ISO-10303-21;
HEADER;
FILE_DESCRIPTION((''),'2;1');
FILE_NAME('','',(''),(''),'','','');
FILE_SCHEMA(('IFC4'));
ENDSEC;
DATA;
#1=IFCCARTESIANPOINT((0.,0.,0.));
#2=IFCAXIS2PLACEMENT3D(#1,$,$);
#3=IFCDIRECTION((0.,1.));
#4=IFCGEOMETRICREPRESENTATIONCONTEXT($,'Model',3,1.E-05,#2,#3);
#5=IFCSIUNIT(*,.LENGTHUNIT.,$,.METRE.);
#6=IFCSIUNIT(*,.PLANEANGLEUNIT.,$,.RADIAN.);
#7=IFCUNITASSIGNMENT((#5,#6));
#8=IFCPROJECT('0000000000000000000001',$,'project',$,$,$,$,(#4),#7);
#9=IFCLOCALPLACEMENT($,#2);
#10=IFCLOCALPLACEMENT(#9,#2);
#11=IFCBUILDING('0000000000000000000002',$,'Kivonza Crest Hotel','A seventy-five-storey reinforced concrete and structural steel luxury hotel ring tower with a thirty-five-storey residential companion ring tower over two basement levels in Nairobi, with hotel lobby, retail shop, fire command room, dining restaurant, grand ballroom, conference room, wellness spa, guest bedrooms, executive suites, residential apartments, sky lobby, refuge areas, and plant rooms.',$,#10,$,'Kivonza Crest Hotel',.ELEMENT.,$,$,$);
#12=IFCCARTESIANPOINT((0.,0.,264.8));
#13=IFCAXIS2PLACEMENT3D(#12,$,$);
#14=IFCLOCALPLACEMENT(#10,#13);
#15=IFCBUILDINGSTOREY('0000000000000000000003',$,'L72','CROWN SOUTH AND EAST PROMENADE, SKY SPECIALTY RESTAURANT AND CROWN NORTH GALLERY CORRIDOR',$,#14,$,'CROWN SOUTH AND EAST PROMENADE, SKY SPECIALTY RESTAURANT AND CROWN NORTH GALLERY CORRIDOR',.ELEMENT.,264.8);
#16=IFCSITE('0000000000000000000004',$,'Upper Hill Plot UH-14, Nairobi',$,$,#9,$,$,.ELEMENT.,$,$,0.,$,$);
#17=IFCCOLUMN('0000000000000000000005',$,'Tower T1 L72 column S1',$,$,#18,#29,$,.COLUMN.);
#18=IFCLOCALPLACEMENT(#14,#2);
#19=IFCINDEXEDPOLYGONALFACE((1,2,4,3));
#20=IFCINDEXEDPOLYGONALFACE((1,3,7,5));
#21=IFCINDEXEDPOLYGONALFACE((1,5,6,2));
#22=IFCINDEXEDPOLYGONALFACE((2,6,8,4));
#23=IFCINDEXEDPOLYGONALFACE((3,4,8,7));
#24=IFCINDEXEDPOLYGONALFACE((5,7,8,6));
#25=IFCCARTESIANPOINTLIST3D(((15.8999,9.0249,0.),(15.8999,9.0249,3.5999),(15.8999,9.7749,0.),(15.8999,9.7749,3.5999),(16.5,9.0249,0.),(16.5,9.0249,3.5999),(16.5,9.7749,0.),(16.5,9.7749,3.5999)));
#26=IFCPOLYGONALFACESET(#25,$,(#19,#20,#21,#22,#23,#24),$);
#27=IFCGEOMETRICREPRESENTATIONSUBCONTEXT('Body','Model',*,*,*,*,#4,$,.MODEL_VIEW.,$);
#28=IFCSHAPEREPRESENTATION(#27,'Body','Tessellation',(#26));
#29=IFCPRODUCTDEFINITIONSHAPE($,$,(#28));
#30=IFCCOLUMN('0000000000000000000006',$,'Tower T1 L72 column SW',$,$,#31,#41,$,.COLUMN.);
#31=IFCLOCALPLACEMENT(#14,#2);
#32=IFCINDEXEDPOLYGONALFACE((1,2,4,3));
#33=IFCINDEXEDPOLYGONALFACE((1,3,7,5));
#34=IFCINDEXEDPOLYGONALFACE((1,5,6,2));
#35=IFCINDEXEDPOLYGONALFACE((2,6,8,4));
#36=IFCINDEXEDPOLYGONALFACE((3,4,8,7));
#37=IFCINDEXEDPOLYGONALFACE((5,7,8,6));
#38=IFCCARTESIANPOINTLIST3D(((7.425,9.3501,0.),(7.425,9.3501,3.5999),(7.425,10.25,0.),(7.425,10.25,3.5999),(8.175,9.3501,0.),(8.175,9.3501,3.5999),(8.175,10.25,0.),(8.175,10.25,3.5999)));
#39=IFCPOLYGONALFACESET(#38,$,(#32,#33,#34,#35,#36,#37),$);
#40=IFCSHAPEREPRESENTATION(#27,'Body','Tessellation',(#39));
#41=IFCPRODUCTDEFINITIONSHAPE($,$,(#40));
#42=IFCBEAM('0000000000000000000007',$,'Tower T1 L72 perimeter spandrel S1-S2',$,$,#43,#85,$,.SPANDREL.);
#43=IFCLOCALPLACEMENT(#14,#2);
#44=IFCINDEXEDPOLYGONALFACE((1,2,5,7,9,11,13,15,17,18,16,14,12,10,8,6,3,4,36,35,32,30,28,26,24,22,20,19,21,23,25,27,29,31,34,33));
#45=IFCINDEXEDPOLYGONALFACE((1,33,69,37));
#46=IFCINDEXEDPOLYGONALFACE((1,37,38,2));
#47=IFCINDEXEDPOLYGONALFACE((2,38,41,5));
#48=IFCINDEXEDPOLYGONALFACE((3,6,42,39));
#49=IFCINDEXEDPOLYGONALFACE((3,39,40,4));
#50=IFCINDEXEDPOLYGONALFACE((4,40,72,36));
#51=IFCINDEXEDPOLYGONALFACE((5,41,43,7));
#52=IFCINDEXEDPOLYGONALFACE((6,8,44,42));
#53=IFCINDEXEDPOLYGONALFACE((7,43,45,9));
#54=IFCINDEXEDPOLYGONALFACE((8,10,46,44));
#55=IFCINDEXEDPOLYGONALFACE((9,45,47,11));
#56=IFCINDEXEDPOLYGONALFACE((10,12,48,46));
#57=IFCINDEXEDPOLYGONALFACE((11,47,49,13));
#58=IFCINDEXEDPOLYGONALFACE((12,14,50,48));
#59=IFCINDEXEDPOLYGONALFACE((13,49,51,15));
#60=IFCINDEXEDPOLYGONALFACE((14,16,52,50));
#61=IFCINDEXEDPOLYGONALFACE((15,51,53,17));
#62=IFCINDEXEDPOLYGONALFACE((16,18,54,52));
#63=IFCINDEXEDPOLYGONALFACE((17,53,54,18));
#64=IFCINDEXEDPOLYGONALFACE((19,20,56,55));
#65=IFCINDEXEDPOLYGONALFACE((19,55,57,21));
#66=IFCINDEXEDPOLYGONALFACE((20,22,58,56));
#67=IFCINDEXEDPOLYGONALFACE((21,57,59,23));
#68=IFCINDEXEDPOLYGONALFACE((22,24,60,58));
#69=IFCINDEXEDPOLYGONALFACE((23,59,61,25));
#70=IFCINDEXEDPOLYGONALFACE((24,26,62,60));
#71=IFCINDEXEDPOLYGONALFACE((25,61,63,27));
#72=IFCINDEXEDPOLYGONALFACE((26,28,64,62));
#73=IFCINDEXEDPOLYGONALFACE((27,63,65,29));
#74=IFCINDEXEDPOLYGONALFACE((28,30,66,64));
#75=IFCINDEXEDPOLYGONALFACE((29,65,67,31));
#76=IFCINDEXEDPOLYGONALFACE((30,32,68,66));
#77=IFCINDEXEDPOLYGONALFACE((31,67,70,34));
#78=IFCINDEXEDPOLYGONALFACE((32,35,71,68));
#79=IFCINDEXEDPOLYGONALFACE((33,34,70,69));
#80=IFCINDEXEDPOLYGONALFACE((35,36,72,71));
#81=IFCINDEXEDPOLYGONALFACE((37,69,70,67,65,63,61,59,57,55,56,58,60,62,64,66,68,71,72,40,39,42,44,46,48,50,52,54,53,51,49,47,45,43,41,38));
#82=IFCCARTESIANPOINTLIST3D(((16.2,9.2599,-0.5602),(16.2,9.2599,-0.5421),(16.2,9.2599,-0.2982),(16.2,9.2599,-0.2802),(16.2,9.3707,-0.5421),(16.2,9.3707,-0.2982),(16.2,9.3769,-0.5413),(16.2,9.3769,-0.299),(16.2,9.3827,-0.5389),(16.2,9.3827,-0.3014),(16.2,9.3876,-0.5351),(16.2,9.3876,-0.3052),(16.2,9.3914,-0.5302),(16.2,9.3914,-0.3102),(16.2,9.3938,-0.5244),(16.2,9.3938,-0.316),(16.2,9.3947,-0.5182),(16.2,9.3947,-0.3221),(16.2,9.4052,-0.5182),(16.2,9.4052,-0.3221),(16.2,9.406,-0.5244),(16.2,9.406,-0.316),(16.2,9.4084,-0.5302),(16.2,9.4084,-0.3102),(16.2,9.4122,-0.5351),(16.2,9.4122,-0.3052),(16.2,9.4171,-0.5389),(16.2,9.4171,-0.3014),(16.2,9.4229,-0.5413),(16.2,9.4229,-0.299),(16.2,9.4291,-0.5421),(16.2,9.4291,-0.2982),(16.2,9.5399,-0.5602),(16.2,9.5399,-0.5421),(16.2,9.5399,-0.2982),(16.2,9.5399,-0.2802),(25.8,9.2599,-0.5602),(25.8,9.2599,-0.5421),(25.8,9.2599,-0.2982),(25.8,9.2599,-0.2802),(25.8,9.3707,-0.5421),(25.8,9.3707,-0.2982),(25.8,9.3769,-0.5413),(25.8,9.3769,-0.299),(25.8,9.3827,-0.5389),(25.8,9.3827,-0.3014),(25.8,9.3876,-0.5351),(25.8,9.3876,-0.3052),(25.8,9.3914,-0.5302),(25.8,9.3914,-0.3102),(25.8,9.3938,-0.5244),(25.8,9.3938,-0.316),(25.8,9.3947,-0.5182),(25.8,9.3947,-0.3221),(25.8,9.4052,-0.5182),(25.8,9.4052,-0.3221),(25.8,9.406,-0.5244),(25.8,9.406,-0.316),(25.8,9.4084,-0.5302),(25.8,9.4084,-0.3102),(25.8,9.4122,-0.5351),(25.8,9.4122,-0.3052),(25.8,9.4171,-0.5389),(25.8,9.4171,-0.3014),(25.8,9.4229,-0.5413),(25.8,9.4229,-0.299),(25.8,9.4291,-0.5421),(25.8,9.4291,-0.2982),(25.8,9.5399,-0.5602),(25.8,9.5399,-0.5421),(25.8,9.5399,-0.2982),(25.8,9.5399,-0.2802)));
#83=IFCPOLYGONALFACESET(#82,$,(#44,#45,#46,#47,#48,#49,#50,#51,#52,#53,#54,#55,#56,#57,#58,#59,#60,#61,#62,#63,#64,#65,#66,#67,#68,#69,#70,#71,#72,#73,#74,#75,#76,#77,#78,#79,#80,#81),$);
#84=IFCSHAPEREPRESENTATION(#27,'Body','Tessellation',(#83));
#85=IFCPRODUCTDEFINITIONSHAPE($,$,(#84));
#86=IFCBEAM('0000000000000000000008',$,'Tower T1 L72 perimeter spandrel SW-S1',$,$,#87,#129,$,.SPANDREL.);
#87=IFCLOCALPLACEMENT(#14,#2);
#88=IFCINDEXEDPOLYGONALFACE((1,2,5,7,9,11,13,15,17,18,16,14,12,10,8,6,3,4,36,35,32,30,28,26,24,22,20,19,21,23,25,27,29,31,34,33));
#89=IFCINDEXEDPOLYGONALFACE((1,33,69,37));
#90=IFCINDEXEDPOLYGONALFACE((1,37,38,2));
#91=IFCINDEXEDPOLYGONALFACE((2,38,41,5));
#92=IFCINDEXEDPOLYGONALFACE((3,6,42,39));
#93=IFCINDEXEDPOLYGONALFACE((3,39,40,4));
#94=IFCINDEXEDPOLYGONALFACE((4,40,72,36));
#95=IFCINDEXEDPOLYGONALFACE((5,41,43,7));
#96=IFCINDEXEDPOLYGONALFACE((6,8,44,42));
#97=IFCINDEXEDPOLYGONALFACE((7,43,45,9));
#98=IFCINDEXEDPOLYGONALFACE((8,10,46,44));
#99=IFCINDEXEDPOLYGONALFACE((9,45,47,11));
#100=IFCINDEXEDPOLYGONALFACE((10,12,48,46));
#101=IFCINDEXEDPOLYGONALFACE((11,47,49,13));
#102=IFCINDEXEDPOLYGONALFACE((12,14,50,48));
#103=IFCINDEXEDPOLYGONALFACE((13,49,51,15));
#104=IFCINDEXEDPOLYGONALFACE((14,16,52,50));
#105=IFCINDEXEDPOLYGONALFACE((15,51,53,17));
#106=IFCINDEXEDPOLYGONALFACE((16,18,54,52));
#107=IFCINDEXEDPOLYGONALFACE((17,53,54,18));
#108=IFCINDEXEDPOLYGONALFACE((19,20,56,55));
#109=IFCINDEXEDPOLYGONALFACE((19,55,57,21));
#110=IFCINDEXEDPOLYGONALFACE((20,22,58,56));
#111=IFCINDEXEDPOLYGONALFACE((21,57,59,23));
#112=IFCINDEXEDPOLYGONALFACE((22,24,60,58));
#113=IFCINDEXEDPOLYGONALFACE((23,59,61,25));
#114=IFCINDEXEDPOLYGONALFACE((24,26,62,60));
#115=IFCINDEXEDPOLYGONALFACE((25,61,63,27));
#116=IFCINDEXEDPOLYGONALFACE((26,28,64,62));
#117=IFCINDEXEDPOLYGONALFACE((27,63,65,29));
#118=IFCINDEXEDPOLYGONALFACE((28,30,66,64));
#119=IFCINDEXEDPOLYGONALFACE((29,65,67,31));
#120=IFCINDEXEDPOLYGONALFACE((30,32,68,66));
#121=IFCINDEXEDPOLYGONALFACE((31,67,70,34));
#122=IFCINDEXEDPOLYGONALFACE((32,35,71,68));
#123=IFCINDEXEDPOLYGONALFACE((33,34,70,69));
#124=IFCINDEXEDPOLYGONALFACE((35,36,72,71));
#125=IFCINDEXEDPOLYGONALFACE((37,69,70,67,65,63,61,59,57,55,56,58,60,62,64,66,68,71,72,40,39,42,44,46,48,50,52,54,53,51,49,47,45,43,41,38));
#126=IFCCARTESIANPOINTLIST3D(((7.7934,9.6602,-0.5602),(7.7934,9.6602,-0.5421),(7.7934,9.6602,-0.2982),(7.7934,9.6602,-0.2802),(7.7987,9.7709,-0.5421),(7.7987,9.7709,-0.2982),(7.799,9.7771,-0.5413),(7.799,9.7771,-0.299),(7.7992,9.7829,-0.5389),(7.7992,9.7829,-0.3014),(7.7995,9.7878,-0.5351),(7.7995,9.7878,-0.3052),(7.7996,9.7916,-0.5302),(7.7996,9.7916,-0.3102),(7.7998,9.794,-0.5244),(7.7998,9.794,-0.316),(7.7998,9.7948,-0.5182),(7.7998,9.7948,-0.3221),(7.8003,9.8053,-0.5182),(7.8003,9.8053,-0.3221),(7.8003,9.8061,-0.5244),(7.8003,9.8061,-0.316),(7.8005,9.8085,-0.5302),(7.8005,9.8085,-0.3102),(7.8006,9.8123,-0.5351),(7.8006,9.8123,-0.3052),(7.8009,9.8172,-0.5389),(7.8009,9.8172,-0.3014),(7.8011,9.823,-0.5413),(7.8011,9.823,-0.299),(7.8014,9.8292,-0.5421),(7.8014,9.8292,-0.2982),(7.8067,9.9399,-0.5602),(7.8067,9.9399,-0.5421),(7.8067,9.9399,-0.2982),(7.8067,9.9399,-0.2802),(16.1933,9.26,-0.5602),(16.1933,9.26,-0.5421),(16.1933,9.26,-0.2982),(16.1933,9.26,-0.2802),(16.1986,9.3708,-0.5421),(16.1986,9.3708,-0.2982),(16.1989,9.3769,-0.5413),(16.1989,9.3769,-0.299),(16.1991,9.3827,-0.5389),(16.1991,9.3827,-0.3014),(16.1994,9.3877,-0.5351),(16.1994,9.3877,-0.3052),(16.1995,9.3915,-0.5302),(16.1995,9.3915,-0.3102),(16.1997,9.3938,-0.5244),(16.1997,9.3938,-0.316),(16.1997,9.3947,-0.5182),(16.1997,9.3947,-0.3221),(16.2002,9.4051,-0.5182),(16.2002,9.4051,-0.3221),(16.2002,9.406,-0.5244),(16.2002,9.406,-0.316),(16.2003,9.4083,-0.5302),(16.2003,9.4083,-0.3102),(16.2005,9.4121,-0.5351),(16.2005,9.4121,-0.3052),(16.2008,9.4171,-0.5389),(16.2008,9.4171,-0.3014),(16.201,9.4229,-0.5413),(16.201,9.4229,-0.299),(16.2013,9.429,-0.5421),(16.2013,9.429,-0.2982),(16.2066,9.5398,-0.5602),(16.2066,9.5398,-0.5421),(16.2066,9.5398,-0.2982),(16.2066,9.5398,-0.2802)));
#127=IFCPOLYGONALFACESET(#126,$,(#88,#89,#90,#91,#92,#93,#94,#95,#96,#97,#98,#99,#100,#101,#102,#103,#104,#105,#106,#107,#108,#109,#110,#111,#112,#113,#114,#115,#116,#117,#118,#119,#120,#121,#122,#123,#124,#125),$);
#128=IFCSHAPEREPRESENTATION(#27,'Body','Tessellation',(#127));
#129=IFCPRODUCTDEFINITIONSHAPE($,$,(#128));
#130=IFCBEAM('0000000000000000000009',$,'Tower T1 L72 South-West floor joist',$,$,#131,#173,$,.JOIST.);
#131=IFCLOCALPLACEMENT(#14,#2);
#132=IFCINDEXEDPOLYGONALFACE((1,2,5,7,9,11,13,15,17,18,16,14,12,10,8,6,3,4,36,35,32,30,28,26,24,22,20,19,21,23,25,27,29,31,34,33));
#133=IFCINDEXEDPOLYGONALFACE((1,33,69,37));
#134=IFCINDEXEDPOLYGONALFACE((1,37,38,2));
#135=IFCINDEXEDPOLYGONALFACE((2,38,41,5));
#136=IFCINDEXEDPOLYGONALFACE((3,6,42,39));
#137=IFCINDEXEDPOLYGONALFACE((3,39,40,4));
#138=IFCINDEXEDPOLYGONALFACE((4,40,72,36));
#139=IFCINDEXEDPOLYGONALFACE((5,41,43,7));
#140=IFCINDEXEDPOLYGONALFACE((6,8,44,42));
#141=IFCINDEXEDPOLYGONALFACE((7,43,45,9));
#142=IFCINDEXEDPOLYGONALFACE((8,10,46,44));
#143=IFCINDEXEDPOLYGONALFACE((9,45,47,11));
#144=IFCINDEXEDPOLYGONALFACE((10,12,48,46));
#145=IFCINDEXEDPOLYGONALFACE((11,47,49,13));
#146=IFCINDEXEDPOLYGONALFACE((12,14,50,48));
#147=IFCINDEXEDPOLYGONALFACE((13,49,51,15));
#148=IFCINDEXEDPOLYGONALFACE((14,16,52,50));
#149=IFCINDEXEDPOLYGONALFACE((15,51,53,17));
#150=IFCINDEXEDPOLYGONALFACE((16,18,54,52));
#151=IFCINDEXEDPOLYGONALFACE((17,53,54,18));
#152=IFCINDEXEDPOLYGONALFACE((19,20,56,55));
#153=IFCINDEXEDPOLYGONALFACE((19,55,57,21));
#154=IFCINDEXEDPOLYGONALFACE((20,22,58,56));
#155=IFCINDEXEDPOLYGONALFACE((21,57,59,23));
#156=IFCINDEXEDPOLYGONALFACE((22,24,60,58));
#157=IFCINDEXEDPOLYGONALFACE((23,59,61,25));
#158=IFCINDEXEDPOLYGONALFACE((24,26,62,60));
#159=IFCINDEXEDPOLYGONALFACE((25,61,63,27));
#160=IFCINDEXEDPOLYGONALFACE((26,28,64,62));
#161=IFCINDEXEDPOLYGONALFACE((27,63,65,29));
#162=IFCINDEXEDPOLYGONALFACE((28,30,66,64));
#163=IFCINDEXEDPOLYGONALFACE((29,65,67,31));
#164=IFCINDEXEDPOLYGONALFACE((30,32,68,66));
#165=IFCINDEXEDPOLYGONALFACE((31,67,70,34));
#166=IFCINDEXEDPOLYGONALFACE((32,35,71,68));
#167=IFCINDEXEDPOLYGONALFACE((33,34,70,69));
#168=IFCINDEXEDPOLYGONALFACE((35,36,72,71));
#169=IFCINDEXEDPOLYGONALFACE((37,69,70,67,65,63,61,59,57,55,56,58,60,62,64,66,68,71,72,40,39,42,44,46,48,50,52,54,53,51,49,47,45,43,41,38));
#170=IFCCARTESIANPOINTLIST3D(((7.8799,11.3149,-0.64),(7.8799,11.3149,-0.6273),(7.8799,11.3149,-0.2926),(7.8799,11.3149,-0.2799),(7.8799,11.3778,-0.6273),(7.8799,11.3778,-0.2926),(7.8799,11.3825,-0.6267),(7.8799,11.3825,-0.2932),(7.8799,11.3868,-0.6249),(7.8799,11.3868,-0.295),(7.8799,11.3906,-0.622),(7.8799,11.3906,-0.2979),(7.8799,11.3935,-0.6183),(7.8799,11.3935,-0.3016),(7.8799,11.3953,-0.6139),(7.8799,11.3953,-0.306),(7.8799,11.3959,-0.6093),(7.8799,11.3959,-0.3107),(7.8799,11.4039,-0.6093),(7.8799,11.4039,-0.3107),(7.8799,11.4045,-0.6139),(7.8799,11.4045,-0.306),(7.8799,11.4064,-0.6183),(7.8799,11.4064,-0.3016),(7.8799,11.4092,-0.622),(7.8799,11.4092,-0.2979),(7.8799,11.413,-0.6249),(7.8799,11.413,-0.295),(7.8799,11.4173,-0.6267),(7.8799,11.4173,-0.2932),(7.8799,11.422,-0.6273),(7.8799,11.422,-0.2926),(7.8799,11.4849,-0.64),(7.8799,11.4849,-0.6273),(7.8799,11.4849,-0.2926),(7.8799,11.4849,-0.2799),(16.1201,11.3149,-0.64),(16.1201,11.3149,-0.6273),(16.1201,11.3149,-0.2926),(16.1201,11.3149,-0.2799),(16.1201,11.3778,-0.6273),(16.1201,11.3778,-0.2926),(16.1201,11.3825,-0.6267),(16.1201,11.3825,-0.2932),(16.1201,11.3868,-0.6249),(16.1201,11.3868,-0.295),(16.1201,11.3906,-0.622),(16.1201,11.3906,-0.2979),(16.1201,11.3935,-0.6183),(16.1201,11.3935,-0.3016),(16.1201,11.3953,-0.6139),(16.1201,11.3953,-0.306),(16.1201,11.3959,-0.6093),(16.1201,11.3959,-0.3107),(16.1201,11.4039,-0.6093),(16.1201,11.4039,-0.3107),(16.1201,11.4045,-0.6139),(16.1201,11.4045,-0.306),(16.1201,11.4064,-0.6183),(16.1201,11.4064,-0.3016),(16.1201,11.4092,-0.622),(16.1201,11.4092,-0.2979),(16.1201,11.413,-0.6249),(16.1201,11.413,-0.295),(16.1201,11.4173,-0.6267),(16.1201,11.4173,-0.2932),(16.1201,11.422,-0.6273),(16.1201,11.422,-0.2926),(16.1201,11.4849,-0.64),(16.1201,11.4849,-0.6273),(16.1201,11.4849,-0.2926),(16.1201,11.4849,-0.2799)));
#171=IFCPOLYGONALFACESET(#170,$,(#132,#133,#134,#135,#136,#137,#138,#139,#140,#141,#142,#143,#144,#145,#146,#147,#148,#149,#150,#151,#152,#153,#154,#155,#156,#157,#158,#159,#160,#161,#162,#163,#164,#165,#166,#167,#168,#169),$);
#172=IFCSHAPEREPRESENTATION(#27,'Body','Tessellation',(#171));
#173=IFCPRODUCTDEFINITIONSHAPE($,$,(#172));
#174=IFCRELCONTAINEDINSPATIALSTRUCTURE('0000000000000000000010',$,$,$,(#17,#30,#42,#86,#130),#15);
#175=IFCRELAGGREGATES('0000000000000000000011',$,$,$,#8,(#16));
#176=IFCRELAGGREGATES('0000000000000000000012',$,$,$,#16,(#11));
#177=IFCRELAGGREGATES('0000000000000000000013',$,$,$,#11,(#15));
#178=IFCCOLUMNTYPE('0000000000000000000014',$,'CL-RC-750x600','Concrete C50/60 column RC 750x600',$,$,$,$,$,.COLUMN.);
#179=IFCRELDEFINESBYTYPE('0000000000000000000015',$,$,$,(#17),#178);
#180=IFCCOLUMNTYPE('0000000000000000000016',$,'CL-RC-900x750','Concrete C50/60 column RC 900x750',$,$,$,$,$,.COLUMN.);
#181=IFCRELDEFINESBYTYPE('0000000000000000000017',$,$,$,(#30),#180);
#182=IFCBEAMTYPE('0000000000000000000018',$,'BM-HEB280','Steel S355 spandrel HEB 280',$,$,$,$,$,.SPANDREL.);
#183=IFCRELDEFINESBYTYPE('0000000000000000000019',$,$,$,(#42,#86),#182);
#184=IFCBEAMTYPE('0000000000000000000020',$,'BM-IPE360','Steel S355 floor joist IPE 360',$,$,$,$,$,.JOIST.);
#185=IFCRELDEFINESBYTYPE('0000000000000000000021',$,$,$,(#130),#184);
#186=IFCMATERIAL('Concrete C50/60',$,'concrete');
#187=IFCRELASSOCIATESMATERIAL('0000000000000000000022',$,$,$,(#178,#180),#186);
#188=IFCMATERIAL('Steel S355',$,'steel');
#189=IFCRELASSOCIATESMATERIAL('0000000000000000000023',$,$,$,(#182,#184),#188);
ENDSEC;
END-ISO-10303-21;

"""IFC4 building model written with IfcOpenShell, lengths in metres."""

from ifc_helpers import new_model, si_unit, direction, frame, origin, origin_2d, place, context, subcontext, project, spatial, rectangle, i_section, extrude, material, material_profile, profile_set, type_object, element, save


model = new_model("IFC4")

# Units and contexts
model_context = context("Model", 3, precision=1e-05, world=origin(), true_north=direction((0.0, 1.0)))
body_context = subcontext(model_context, "Body", "Model", "MODEL_VIEW")
ifc_project = project(units=[si_unit("LENGTHUNIT", "METRE"), si_unit("PLANEANGLEUNIT", "RADIAN")], contexts=[model_context])

# Site, building, storey
site_placement = place(None, origin())
site = spatial("IfcSite", under=ifc_project, at=site_placement, Name="Upper Hill Plot UH-14, Nairobi", CompositionType="ELEMENT", RefElevation=0.0)
building_placement = place(site_placement, origin())
building = spatial("IfcBuilding", under=site, at=building_placement, Name="Kivonza Crest Hotel", Description="A seventy-five-storey reinforced concrete and structural steel luxury hotel ring tower with a thirty-five-storey residential companion ring tower over two basement levels in Nairobi, with hotel lobby, retail shop, fire command room, dining restaurant, grand ballroom, conference room, wellness spa, guest bedrooms, executive suites, residential apartments, sky lobby, refuge areas, and plant rooms.", LongName="Kivonza Crest Hotel", CompositionType="ELEMENT")
storey_placement = place(building_placement, frame((0.0, 0.0, 264.8)))
storey = spatial("IfcBuildingStorey", under=building, at=storey_placement, Name="L72", Description="CROWN SOUTH AND EAST PROMENADE, SKY SPECIALTY RESTAURANT AND CROWN NORTH GALLERY CORRIDOR", LongName="CROWN SOUTH AND EAST PROMENADE, SKY SPECIALTY RESTAURANT AND CROWN NORTH GALLERY CORRIDOR", CompositionType="ELEMENT", Elevation=264.8)

# Columns
ifc_material_1 = material(Name="Concrete C50/60", Category="concrete")
ifc_material_profile_1 = material_profile(ifc_material_1, rectangle(XDim=0.6001, YDim=0.75, at=origin_2d()), Name="RC 750x600")
ifc_profile_set_1 = profile_set([ifc_material_profile_1], Name="Concrete C50/60")
column_type_1 = type_object("IfcColumnType", Name="CL-RC-750x600", Description="Concrete C50/60 column RC 750x600", PredefinedType="COLUMN", material=ifc_profile_set_1)
column_1_placement = place(storey_placement, frame((16.2, 9.3999, 0.0), z_axis=(0.0, 0.0, 1.0), x_axis=(1.0, 0.0, 0.0)))
element("IfcColumn", 1, at=column_1_placement, inside=storey, type_object=column_type_1, Name="Tower T1 L72 column S1", PredefinedType="COLUMN", context=body_context, shape_type="SweptSolid", body=[
    extrude(rectangle(XDim=0.6001, YDim=0.75, at=origin_2d()), origin(), (0.0, 0.0, 1.0), 3.5999),
])
ifc_material_profile_2 = material_profile(ifc_material_1, rectangle(XDim=0.75, YDim=0.8999, at=origin_2d()), Name="RC 900x750")
ifc_profile_set_2 = profile_set([ifc_material_profile_2], Name="Concrete C50/60")
column_type_2 = type_object("IfcColumnType", Name="CL-RC-900x750", Description="Concrete C50/60 column RC 900x750", PredefinedType="COLUMN", material=ifc_profile_set_2)
column_2_placement = place(storey_placement, frame((7.8, 9.8, 0.0), z_axis=(0.0, 0.0, 1.0), x_axis=(1.0, 0.0, 0.0)))
element("IfcColumn", 2, at=column_2_placement, inside=storey, type_object=column_type_2, Name="Tower T1 L72 column SW", PredefinedType="COLUMN", context=body_context, shape_type="SweptSolid", body=[
    extrude(rectangle(XDim=0.75, YDim=0.8999, at=origin_2d()), origin(), (0.0, 0.0, 1.0), 3.5999),
])

# Beams
ifc_material_2 = material(Name="Steel S355", Category="steel")
ifc_material_profile_3 = material_profile(ifc_material_2, i_section(OverallWidth=0.28, OverallDepth=0.28, WebThickness=0.0105, FlangeThickness=0.0181, FilletRadius=0.0239, at=origin_2d()), Name="HEB 280")
ifc_profile_set_3 = profile_set([ifc_material_profile_3], Name="Steel S355")
beam_type_1 = type_object("IfcBeamType", Name="BM-HEB280", Description="Steel S355 spandrel HEB 280", PredefinedType="SPANDREL", material=ifc_profile_set_3)
beam_1_placement = place(storey_placement, frame((16.2, 9.3999, -0.4202), z_axis=(1.0, 0.0, 0.0), x_axis=(0.0, 1.0, 0.0)))
element("IfcBeam", 3, at=beam_1_placement, inside=storey, type_object=beam_type_1, Name="Tower T1 L72 perimeter spandrel S1-S2", PredefinedType="SPANDREL", context=body_context, shape_type="SweptSolid", body=[
    extrude(i_section(OverallWidth=0.28, OverallDepth=0.28, WebThickness=0.0105, FlangeThickness=0.0181, FilletRadius=0.0239, at=origin_2d()), origin(), (0.0, 0.0, 1.0), 9.6001),
])
beam_2_placement = place(storey_placement, frame((7.8, 9.8, -0.4202), z_axis=(0.998867, -0.047583, 0.0), x_axis=(0.047583, 0.998867, 0.0)))
element("IfcBeam", 4, at=beam_2_placement, inside=storey, type_object=beam_type_1, Name="Tower T1 L72 perimeter spandrel SW-S1", PredefinedType="SPANDREL", context=body_context, shape_type="SweptSolid", body=[
    extrude(i_section(OverallWidth=0.28, OverallDepth=0.28, WebThickness=0.0105, FlangeThickness=0.0181, FilletRadius=0.0239, at=origin_2d()), origin(), (0.0, 0.0, 1.0), 8.4094),
])
ifc_material_profile_4 = material_profile(ifc_material_2, i_section(OverallWidth=0.1699, OverallDepth=0.3601, WebThickness=0.0081, FlangeThickness=0.0127, FilletRadius=0.0181, at=origin_2d()), Name="IPE 360")
ifc_profile_set_4 = profile_set([ifc_material_profile_4], Name="Steel S355")
beam_type_2 = type_object("IfcBeamType", Name="BM-IPE360", Description="Steel S355 floor joist IPE 360", PredefinedType="JOIST", material=ifc_profile_set_4)
beam_3_placement = place(storey_placement, frame((7.8799, 11.3999, -0.46), z_axis=(1.0, 0.0, 0.0), x_axis=(0.0, 1.0, 0.0)))
element("IfcBeam", 5, at=beam_3_placement, inside=storey, type_object=beam_type_2, Name="Tower T1 L72 South-West floor joist", PredefinedType="JOIST", context=body_context, shape_type="SweptSolid", body=[
    extrude(i_section(OverallWidth=0.1699, OverallDepth=0.3601, WebThickness=0.0081, FlangeThickness=0.0127, FilletRadius=0.0181, at=origin_2d()), origin(), (0.0, 0.0, 1.0), 8.2402),
])

save(model, "model.ifc")
